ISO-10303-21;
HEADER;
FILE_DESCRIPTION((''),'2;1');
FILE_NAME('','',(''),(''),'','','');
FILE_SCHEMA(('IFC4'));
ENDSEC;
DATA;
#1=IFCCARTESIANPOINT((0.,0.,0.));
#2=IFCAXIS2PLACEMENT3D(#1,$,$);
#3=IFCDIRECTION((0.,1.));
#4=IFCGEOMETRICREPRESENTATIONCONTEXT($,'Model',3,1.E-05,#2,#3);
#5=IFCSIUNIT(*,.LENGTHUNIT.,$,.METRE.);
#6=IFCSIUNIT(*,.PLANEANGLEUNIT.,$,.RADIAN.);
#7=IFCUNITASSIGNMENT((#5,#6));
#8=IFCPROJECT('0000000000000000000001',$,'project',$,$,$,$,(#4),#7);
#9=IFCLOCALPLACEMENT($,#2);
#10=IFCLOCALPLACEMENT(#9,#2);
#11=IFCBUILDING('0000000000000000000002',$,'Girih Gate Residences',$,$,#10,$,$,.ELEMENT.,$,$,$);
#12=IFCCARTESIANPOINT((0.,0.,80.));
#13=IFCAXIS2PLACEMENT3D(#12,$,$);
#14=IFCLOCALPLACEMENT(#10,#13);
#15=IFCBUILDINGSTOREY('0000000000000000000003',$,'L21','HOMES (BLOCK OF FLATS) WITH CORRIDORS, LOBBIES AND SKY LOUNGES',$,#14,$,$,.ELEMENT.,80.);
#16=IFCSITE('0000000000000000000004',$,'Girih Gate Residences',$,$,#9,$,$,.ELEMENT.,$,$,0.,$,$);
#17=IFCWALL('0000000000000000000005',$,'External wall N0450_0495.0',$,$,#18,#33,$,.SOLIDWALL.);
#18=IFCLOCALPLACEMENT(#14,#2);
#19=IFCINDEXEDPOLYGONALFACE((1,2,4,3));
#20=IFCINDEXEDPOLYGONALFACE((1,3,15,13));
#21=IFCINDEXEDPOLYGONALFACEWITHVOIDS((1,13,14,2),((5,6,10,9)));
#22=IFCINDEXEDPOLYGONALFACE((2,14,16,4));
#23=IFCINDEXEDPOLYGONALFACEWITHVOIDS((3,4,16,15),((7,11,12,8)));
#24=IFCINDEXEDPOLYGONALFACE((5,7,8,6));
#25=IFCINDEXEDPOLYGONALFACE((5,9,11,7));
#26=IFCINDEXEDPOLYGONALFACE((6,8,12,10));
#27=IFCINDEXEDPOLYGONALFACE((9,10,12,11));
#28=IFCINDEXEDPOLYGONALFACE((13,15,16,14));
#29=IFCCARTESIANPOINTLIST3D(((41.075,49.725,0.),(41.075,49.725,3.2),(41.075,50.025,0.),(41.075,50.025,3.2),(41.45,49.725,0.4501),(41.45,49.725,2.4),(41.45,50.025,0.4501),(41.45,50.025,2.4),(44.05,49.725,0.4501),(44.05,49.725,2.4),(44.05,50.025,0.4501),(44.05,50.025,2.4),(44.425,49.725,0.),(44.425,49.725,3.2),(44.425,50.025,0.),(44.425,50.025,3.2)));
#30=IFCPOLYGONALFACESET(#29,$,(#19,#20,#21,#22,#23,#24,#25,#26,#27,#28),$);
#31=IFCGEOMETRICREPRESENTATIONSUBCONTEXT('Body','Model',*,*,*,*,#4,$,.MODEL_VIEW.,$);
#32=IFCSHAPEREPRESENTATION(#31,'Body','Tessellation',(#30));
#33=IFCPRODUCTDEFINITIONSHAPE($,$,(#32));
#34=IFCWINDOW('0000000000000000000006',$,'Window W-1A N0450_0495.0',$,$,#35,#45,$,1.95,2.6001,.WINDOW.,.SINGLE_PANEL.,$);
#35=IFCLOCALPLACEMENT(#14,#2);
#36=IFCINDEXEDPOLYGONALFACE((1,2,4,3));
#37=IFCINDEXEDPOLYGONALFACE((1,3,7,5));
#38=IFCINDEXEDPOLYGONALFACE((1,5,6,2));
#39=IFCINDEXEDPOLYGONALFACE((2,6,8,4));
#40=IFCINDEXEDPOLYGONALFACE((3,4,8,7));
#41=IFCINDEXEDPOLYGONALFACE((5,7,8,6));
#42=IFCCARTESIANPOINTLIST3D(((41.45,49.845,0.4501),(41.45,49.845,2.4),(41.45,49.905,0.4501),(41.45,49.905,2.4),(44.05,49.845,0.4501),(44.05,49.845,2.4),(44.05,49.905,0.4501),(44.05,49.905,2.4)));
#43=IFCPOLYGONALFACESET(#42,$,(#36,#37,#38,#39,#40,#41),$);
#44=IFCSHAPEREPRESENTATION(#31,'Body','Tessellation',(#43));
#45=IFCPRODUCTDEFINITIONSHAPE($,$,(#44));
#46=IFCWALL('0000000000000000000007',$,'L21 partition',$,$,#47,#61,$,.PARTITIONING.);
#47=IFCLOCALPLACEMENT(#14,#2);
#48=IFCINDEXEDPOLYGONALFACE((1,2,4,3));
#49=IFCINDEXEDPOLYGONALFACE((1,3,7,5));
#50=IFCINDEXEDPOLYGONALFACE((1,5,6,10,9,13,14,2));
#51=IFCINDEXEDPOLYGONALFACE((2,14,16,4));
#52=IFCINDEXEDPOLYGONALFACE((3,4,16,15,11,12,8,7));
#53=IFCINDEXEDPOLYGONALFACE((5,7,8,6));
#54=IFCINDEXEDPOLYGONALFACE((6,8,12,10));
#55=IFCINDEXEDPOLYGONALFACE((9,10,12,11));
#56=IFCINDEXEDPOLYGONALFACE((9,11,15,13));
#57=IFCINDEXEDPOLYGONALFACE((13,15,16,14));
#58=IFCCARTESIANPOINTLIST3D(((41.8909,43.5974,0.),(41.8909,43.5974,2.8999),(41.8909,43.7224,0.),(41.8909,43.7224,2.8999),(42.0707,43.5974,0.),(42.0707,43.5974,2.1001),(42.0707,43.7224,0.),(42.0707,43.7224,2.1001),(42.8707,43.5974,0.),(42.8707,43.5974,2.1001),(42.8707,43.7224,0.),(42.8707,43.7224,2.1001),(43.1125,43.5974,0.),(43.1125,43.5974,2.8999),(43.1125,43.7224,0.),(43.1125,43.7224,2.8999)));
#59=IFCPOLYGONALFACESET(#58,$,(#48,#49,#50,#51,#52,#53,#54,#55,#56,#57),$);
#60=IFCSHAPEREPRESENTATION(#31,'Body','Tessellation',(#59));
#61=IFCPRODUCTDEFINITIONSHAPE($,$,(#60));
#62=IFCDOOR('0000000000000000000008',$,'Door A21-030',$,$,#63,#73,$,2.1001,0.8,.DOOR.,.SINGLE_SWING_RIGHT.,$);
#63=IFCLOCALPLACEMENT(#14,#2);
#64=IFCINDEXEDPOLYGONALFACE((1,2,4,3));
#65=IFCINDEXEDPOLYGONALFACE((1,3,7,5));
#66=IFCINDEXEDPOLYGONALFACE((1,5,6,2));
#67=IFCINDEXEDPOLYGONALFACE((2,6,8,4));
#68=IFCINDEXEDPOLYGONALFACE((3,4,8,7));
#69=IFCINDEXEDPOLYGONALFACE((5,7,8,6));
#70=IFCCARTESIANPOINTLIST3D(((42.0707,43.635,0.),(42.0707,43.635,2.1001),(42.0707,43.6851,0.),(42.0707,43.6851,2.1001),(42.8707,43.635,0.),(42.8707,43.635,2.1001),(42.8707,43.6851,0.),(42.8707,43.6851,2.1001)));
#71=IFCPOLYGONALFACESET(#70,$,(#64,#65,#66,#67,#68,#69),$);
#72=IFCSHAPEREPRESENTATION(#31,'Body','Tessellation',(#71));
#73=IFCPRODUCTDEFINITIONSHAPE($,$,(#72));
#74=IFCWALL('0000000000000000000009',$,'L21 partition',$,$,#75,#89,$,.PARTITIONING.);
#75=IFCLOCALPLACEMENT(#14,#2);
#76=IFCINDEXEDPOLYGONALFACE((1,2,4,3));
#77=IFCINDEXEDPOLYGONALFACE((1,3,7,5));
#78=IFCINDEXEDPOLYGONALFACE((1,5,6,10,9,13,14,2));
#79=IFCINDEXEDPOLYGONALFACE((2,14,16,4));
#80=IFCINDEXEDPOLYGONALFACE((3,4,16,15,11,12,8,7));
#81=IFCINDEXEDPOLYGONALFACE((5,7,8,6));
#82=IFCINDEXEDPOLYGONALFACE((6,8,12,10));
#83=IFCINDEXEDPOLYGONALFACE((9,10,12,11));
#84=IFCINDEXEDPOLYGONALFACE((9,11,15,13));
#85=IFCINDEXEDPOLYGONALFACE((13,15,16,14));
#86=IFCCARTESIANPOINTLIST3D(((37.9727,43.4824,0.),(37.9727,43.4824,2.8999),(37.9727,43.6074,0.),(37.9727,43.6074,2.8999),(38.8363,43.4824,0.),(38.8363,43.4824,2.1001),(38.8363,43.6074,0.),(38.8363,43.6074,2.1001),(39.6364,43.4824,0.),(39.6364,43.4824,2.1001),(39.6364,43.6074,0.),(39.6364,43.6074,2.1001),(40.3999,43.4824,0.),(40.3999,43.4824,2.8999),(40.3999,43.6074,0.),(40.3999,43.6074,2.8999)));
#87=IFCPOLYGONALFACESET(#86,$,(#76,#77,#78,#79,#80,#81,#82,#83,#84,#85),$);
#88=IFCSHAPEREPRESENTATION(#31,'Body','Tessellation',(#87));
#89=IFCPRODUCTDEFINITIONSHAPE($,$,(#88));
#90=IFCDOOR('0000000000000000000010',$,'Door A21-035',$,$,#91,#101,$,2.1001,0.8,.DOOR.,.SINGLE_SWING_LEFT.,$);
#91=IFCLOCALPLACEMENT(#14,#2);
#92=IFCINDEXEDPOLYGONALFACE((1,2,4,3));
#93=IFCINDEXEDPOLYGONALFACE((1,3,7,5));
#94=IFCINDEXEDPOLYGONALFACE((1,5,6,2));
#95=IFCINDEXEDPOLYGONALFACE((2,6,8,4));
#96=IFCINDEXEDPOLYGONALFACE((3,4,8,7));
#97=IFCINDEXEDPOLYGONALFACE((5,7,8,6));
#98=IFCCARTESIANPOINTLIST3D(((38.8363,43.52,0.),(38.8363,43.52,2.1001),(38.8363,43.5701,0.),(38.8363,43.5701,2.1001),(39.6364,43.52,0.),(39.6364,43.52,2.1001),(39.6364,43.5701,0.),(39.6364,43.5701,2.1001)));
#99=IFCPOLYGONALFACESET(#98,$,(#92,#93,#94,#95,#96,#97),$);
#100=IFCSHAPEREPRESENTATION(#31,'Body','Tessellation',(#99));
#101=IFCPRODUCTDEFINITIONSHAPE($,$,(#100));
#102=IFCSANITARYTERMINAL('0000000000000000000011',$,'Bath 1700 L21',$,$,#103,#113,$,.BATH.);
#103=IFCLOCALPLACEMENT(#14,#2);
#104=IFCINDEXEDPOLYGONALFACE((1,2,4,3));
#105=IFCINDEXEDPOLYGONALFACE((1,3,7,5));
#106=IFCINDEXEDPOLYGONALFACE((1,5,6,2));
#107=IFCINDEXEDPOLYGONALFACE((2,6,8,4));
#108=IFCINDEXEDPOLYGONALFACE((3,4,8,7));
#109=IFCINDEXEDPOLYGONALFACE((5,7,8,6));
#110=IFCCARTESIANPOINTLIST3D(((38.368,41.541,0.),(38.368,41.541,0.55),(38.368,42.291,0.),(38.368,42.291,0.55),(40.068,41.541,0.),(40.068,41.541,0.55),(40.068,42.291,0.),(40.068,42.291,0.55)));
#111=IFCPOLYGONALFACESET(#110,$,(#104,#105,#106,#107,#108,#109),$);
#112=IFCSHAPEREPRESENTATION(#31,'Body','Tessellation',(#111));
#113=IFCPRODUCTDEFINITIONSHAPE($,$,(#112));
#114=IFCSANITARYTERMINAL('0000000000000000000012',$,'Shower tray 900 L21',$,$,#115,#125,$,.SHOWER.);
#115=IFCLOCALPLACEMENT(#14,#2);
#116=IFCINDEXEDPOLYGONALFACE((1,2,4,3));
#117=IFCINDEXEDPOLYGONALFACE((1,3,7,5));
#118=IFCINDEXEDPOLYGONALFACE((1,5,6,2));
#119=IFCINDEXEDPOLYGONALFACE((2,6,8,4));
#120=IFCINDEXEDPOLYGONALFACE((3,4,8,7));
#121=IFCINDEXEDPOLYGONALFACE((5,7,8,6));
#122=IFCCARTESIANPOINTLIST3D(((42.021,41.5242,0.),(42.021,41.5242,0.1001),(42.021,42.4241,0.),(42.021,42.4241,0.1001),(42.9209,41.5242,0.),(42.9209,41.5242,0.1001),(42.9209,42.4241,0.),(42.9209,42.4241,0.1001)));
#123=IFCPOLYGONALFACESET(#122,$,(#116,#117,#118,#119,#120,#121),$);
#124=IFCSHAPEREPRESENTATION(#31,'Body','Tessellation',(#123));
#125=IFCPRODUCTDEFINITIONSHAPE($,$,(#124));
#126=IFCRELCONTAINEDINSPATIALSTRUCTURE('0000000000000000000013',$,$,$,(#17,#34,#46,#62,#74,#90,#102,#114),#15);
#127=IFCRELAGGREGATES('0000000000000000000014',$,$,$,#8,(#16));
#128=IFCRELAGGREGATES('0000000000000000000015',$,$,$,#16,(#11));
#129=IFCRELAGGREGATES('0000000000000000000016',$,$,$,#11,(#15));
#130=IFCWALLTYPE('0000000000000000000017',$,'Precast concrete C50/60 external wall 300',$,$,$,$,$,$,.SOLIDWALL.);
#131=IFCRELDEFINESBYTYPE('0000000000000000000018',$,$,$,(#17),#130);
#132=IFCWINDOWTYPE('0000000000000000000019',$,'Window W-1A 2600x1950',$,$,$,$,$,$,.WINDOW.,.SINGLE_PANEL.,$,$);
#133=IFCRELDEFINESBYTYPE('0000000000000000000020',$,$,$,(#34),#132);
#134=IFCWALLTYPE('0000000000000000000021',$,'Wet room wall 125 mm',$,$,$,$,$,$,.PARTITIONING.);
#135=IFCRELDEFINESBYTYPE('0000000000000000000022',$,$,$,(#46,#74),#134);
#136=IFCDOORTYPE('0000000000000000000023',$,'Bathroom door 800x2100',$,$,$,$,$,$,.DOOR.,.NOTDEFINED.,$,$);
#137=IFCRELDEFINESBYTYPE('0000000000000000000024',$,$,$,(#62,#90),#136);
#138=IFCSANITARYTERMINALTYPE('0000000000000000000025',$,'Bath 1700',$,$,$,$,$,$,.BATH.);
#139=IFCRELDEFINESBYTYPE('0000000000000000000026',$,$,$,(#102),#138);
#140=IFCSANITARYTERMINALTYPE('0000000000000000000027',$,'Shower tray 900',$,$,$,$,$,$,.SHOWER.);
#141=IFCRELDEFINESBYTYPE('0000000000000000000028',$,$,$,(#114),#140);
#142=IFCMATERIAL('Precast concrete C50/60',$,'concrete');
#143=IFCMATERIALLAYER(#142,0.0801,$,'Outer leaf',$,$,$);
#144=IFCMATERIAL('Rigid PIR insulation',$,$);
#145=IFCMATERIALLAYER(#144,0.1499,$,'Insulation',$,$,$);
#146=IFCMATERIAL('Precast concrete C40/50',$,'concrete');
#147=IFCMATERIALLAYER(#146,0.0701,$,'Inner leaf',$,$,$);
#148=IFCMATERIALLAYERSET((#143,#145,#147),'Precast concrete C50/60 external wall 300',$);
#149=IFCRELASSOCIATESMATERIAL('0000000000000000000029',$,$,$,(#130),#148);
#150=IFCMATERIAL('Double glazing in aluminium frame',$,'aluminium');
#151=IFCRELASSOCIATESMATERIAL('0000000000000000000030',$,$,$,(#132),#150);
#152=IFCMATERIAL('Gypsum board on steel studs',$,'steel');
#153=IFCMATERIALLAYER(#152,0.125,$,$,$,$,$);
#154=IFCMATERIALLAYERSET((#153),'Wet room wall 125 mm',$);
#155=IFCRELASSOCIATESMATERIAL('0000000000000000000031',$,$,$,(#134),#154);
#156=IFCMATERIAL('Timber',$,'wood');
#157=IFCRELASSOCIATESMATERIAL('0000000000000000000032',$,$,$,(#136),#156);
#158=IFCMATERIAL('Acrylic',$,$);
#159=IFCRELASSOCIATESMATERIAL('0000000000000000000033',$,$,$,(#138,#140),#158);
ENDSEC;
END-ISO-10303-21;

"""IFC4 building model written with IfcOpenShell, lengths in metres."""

from ifc_helpers import new_model, si_unit, direction, frame, frame_2d, origin, origin_2d, place, context, subcontext, project, spatial, rectangle, extrude, material, layer, layer_set, type_object, element, fill, save


model = new_model("IFC4")

# Units and contexts
model_context = context("Model", 3, precision=1e-05, world=origin(), true_north=direction((0.0, 1.0)))
body_context = subcontext(model_context, "Body", "Model", "MODEL_VIEW")
ifc_project = project(units=[si_unit("LENGTHUNIT", "METRE"), si_unit("PLANEANGLEUNIT", "RADIAN")], contexts=[model_context])

# Site, building, storey
site_placement = place(None, origin())
site = spatial("IfcSite", under=ifc_project, at=site_placement, Name="Girih Gate Residences", CompositionType="ELEMENT", RefElevation=0.0)
building_placement = place(site_placement, origin())
building = spatial("IfcBuilding", under=site, at=building_placement, Name="Girih Gate Residences", CompositionType="ELEMENT")
storey_placement = place(building_placement, frame((0.0, 0.0, 80.0)))
storey = spatial("IfcBuildingStorey", under=building, at=storey_placement, Name="L21", Description="HOMES (BLOCK OF FLATS) WITH CORRIDORS, LOBBIES AND SKY LOUNGES", CompositionType="ELEMENT", Elevation=80.0)

# Shared definitions
ifc_material_1 = material(Name="Gypsum board on steel studs", Category="steel")
ifc_material_2 = material(Name="Timber", Category="wood")

# Wall, opening, window
ifc_material_3 = material(Name="Precast concrete C50/60", Category="concrete")
ifc_layer_1 = layer(ifc_material_3, 0.0801, Name="Outer leaf")
ifc_material_4 = material(Name="Rigid PIR insulation")
ifc_layer_2 = layer(ifc_material_4, 0.1499, Name="Insulation")
ifc_material_5 = material(Name="Precast concrete C40/50", Category="concrete")
ifc_layer_3 = layer(ifc_material_5, 0.0701, Name="Inner leaf")
ifc_layer_set_1 = layer_set([ifc_layer_1, ifc_layer_2, ifc_layer_3], Name="Precast concrete C50/60 external wall 300")
wall_type_1 = type_object("IfcWallType", Name="Precast concrete C50/60 external wall 300", PredefinedType="SOLIDWALL", material=ifc_layer_set_1)
wall_1_placement = place(storey_placement, frame((41.075, 49.875, 0.0), z_axis=(0.0, 0.0, 1.0), x_axis=(1.0, 0.0, 0.0)))
wall_1 = element("IfcWall", 1, at=wall_1_placement, inside=storey, type_object=wall_type_1, Name="External wall N0450_0495.0", PredefinedType="SOLIDWALL", context=body_context, shape_type="SweptSolid", body=[
    extrude(rectangle(XDim=3.3501, YDim=0.3, at=frame_2d((1.675, 0.0))), origin(), (0.0, 0.0, 1.0), 3.2),
])
opening_1_placement = place(wall_1_placement, frame((0.375, 0.0, 0.45)))
opening_1 = element("IfcOpeningElement", 2, at=opening_1_placement, cuts=wall_1, PredefinedType="OPENING", context=body_context, shape_type="SweptSolid", body=[
    extrude(rectangle(XDim=2.6001, YDim=1.95, at=frame_2d((1.3, 0.9751))), frame((0.0, 0.1599, 0.0), z_axis=(0.0, -1.0, 0.0), x_axis=(1.0, 0.0, 0.0)), (0.0, 0.0, 1.0), 0.3201),
])
ifc_material_6 = material(Name="Double glazing in aluminium frame", Category="aluminium")
window_type = type_object("IfcWindowType", Name="Window W-1A 2600x1950", PartitioningType="SINGLE_PANEL", PredefinedType="WINDOW", material=ifc_material_6)
window_placement = place(opening_1_placement, origin())
window = element("IfcWindow", 3, at=window_placement, inside=storey, type_object=window_type, Name="Window W-1A N0450_0495.0", OverallHeight=1.95, OverallWidth=2.6001, PartitioningType="SINGLE_PANEL", PredefinedType="WINDOW", context=body_context, shape_type="SweptSolid", body=[
    extrude(rectangle(XDim=2.6001, YDim=1.95, at=frame_2d((1.3, 0.9751))), frame((0.0, 0.03, 0.0), z_axis=(0.0, -1.0, 0.0), x_axis=(1.0, 0.0, 0.0)), (0.0, 0.0, 1.0), 0.0601),
])
fill(opening_1, window)

# Walls, openings, doors
ifc_layer_4 = layer(ifc_material_1, 0.125)
ifc_layer_set_2 = layer_set([ifc_layer_4], Name="Wet room wall 125 mm")
wall_type_2 = type_object("IfcWallType", Name="Wet room wall 125 mm", PredefinedType="PARTITIONING", material=ifc_layer_set_2)
wall_2_placement = place(storey_placement, frame((43.1125, 43.6599, 0.0), z_axis=(0.0, 0.0, 1.0), x_axis=(-1.0, 0.0, 0.0)))
wall_2 = element("IfcWall", 4, at=wall_2_placement, inside=storey, type_object=wall_type_2, Name="L21 partition", PredefinedType="PARTITIONING", context=body_context, shape_type="SweptSolid", body=[
    extrude(rectangle(XDim=1.2217, YDim=0.125, at=frame_2d((0.6108, 0.0))), origin(), (0.0, 0.0, 1.0), 2.8999),
])
opening_2_placement = place(wall_2_placement, frame((0.2419, 0.0, 0.0)))
opening_2 = element("IfcOpeningElement", 5, at=opening_2_placement, cuts=wall_2, PredefinedType="OPENING", context=body_context, shape_type="SweptSolid", body=[
    extrude(rectangle(XDim=0.8, YDim=2.1001, at=frame_2d((0.3999, 1.05))), frame((0.0, 0.0725, 0.0), z_axis=(0.0, -1.0, 0.0), x_axis=(1.0, 0.0, 0.0)), (0.0, 0.0, 1.0), 0.145),
])
door_type_1 = type_object("IfcDoorType", Name="Bathroom door 800x2100", OperationType="NOTDEFINED", PredefinedType="DOOR", material=ifc_material_2)
door_1_placement = place(opening_2_placement, origin())
door_1 = element("IfcDoor", 6, at=door_1_placement, inside=storey, type_object=door_type_1, Name="Door A21-030", OperationType="SINGLE_SWING_RIGHT", OverallHeight=2.1001, OverallWidth=0.8, PredefinedType="DOOR", context=body_context, shape_type="SweptSolid", body=[
    extrude(rectangle(XDim=0.8, YDim=2.1001, at=frame_2d((0.3999, 1.05))), frame((0.0, 0.0249, 0.0), z_axis=(0.0, -1.0, 0.0), x_axis=(1.0, 0.0, 0.0)), (0.0, 0.0, 1.0), 0.05),
])
fill(opening_2, door_1)
wall_3_placement = place(storey_placement, frame((40.3999, 43.5449, 0.0), z_axis=(0.0, 0.0, 1.0), x_axis=(-1.0, 0.0, 0.0)))
wall_3 = element("IfcWall", 7, at=wall_3_placement, inside=storey, type_object=wall_type_2, Name="L21 partition", PredefinedType="PARTITIONING", context=body_context, shape_type="SweptSolid", body=[
    extrude(rectangle(XDim=2.4272, YDim=0.125, at=frame_2d((1.2136, 0.0))), origin(), (0.0, 0.0, 1.0), 2.8999),
])
opening_3_placement = place(wall_3_placement, frame((0.7637, 0.0, 0.0)))
opening_3 = element("IfcOpeningElement", 8, at=opening_3_placement, cuts=wall_3, PredefinedType="OPENING", context=body_context, shape_type="SweptSolid", body=[
    extrude(rectangle(XDim=0.8, YDim=2.1001, at=frame_2d((0.3999, 1.05))), frame((0.0, 0.0725, 0.0), z_axis=(0.0, -1.0, 0.0), x_axis=(1.0, 0.0, 0.0)), (0.0, 0.0, 1.0), 0.145),
])
door_2_placement = place(opening_3_placement, origin())
door_2 = element("IfcDoor", 9, at=door_2_placement, inside=storey, type_object=door_type_1, Name="Door A21-035", OperationType="SINGLE_SWING_LEFT", OverallHeight=2.1001, OverallWidth=0.8, PredefinedType="DOOR", context=body_context, shape_type="SweptSolid", body=[
    extrude(rectangle(XDim=0.8, YDim=2.1001, at=frame_2d((0.3999, 1.05))), frame((0.0, 0.0249, 0.0), z_axis=(0.0, -1.0, 0.0), x_axis=(1.0, 0.0, 0.0)), (0.0, 0.0, 1.0), 0.05),
])
fill(opening_3, door_2)

# Sanitary terminals
ifc_material_7 = material(Name="Acrylic")
sanitary_terminal_type_1 = type_object("IfcSanitaryTerminalType", Name="Bath 1700", PredefinedType="BATH", material=ifc_material_7)
sanitary_terminal_1_placement = place(storey_placement, frame((39.218, 41.916, 0.0), z_axis=(0.0, 0.0, 1.0), x_axis=(1.0, 0.0, 0.0)))
element("IfcSanitaryTerminal", 10, at=sanitary_terminal_1_placement, inside=storey, type_object=sanitary_terminal_type_1, Name="Bath 1700 L21", PredefinedType="BATH", context=body_context, shape_type="SweptSolid", body=[
    extrude(rectangle(XDim=1.7, YDim=0.75, at=origin_2d()), origin(), (0.0, 0.0, 1.0), 0.55),
])
sanitary_terminal_type_2 = type_object("IfcSanitaryTerminalType", Name="Shower tray 900", PredefinedType="SHOWER", material=ifc_material_7)
sanitary_terminal_2_placement = place(storey_placement, frame((42.4709, 41.9741, 0.0), z_axis=(0.0, 0.0, 1.0), x_axis=(1.0, 0.0, 0.0)))
element("IfcSanitaryTerminal", 11, at=sanitary_terminal_2_placement, inside=storey, type_object=sanitary_terminal_type_2, Name="Shower tray 900 L21", PredefinedType="SHOWER", context=body_context, shape_type="SweptSolid", body=[
    extrude(rectangle(XDim=0.8999, YDim=0.8999, at=origin_2d()), origin(), (0.0, 0.0, 1.0), 0.1001),
])

save(model, "model.ifc")
